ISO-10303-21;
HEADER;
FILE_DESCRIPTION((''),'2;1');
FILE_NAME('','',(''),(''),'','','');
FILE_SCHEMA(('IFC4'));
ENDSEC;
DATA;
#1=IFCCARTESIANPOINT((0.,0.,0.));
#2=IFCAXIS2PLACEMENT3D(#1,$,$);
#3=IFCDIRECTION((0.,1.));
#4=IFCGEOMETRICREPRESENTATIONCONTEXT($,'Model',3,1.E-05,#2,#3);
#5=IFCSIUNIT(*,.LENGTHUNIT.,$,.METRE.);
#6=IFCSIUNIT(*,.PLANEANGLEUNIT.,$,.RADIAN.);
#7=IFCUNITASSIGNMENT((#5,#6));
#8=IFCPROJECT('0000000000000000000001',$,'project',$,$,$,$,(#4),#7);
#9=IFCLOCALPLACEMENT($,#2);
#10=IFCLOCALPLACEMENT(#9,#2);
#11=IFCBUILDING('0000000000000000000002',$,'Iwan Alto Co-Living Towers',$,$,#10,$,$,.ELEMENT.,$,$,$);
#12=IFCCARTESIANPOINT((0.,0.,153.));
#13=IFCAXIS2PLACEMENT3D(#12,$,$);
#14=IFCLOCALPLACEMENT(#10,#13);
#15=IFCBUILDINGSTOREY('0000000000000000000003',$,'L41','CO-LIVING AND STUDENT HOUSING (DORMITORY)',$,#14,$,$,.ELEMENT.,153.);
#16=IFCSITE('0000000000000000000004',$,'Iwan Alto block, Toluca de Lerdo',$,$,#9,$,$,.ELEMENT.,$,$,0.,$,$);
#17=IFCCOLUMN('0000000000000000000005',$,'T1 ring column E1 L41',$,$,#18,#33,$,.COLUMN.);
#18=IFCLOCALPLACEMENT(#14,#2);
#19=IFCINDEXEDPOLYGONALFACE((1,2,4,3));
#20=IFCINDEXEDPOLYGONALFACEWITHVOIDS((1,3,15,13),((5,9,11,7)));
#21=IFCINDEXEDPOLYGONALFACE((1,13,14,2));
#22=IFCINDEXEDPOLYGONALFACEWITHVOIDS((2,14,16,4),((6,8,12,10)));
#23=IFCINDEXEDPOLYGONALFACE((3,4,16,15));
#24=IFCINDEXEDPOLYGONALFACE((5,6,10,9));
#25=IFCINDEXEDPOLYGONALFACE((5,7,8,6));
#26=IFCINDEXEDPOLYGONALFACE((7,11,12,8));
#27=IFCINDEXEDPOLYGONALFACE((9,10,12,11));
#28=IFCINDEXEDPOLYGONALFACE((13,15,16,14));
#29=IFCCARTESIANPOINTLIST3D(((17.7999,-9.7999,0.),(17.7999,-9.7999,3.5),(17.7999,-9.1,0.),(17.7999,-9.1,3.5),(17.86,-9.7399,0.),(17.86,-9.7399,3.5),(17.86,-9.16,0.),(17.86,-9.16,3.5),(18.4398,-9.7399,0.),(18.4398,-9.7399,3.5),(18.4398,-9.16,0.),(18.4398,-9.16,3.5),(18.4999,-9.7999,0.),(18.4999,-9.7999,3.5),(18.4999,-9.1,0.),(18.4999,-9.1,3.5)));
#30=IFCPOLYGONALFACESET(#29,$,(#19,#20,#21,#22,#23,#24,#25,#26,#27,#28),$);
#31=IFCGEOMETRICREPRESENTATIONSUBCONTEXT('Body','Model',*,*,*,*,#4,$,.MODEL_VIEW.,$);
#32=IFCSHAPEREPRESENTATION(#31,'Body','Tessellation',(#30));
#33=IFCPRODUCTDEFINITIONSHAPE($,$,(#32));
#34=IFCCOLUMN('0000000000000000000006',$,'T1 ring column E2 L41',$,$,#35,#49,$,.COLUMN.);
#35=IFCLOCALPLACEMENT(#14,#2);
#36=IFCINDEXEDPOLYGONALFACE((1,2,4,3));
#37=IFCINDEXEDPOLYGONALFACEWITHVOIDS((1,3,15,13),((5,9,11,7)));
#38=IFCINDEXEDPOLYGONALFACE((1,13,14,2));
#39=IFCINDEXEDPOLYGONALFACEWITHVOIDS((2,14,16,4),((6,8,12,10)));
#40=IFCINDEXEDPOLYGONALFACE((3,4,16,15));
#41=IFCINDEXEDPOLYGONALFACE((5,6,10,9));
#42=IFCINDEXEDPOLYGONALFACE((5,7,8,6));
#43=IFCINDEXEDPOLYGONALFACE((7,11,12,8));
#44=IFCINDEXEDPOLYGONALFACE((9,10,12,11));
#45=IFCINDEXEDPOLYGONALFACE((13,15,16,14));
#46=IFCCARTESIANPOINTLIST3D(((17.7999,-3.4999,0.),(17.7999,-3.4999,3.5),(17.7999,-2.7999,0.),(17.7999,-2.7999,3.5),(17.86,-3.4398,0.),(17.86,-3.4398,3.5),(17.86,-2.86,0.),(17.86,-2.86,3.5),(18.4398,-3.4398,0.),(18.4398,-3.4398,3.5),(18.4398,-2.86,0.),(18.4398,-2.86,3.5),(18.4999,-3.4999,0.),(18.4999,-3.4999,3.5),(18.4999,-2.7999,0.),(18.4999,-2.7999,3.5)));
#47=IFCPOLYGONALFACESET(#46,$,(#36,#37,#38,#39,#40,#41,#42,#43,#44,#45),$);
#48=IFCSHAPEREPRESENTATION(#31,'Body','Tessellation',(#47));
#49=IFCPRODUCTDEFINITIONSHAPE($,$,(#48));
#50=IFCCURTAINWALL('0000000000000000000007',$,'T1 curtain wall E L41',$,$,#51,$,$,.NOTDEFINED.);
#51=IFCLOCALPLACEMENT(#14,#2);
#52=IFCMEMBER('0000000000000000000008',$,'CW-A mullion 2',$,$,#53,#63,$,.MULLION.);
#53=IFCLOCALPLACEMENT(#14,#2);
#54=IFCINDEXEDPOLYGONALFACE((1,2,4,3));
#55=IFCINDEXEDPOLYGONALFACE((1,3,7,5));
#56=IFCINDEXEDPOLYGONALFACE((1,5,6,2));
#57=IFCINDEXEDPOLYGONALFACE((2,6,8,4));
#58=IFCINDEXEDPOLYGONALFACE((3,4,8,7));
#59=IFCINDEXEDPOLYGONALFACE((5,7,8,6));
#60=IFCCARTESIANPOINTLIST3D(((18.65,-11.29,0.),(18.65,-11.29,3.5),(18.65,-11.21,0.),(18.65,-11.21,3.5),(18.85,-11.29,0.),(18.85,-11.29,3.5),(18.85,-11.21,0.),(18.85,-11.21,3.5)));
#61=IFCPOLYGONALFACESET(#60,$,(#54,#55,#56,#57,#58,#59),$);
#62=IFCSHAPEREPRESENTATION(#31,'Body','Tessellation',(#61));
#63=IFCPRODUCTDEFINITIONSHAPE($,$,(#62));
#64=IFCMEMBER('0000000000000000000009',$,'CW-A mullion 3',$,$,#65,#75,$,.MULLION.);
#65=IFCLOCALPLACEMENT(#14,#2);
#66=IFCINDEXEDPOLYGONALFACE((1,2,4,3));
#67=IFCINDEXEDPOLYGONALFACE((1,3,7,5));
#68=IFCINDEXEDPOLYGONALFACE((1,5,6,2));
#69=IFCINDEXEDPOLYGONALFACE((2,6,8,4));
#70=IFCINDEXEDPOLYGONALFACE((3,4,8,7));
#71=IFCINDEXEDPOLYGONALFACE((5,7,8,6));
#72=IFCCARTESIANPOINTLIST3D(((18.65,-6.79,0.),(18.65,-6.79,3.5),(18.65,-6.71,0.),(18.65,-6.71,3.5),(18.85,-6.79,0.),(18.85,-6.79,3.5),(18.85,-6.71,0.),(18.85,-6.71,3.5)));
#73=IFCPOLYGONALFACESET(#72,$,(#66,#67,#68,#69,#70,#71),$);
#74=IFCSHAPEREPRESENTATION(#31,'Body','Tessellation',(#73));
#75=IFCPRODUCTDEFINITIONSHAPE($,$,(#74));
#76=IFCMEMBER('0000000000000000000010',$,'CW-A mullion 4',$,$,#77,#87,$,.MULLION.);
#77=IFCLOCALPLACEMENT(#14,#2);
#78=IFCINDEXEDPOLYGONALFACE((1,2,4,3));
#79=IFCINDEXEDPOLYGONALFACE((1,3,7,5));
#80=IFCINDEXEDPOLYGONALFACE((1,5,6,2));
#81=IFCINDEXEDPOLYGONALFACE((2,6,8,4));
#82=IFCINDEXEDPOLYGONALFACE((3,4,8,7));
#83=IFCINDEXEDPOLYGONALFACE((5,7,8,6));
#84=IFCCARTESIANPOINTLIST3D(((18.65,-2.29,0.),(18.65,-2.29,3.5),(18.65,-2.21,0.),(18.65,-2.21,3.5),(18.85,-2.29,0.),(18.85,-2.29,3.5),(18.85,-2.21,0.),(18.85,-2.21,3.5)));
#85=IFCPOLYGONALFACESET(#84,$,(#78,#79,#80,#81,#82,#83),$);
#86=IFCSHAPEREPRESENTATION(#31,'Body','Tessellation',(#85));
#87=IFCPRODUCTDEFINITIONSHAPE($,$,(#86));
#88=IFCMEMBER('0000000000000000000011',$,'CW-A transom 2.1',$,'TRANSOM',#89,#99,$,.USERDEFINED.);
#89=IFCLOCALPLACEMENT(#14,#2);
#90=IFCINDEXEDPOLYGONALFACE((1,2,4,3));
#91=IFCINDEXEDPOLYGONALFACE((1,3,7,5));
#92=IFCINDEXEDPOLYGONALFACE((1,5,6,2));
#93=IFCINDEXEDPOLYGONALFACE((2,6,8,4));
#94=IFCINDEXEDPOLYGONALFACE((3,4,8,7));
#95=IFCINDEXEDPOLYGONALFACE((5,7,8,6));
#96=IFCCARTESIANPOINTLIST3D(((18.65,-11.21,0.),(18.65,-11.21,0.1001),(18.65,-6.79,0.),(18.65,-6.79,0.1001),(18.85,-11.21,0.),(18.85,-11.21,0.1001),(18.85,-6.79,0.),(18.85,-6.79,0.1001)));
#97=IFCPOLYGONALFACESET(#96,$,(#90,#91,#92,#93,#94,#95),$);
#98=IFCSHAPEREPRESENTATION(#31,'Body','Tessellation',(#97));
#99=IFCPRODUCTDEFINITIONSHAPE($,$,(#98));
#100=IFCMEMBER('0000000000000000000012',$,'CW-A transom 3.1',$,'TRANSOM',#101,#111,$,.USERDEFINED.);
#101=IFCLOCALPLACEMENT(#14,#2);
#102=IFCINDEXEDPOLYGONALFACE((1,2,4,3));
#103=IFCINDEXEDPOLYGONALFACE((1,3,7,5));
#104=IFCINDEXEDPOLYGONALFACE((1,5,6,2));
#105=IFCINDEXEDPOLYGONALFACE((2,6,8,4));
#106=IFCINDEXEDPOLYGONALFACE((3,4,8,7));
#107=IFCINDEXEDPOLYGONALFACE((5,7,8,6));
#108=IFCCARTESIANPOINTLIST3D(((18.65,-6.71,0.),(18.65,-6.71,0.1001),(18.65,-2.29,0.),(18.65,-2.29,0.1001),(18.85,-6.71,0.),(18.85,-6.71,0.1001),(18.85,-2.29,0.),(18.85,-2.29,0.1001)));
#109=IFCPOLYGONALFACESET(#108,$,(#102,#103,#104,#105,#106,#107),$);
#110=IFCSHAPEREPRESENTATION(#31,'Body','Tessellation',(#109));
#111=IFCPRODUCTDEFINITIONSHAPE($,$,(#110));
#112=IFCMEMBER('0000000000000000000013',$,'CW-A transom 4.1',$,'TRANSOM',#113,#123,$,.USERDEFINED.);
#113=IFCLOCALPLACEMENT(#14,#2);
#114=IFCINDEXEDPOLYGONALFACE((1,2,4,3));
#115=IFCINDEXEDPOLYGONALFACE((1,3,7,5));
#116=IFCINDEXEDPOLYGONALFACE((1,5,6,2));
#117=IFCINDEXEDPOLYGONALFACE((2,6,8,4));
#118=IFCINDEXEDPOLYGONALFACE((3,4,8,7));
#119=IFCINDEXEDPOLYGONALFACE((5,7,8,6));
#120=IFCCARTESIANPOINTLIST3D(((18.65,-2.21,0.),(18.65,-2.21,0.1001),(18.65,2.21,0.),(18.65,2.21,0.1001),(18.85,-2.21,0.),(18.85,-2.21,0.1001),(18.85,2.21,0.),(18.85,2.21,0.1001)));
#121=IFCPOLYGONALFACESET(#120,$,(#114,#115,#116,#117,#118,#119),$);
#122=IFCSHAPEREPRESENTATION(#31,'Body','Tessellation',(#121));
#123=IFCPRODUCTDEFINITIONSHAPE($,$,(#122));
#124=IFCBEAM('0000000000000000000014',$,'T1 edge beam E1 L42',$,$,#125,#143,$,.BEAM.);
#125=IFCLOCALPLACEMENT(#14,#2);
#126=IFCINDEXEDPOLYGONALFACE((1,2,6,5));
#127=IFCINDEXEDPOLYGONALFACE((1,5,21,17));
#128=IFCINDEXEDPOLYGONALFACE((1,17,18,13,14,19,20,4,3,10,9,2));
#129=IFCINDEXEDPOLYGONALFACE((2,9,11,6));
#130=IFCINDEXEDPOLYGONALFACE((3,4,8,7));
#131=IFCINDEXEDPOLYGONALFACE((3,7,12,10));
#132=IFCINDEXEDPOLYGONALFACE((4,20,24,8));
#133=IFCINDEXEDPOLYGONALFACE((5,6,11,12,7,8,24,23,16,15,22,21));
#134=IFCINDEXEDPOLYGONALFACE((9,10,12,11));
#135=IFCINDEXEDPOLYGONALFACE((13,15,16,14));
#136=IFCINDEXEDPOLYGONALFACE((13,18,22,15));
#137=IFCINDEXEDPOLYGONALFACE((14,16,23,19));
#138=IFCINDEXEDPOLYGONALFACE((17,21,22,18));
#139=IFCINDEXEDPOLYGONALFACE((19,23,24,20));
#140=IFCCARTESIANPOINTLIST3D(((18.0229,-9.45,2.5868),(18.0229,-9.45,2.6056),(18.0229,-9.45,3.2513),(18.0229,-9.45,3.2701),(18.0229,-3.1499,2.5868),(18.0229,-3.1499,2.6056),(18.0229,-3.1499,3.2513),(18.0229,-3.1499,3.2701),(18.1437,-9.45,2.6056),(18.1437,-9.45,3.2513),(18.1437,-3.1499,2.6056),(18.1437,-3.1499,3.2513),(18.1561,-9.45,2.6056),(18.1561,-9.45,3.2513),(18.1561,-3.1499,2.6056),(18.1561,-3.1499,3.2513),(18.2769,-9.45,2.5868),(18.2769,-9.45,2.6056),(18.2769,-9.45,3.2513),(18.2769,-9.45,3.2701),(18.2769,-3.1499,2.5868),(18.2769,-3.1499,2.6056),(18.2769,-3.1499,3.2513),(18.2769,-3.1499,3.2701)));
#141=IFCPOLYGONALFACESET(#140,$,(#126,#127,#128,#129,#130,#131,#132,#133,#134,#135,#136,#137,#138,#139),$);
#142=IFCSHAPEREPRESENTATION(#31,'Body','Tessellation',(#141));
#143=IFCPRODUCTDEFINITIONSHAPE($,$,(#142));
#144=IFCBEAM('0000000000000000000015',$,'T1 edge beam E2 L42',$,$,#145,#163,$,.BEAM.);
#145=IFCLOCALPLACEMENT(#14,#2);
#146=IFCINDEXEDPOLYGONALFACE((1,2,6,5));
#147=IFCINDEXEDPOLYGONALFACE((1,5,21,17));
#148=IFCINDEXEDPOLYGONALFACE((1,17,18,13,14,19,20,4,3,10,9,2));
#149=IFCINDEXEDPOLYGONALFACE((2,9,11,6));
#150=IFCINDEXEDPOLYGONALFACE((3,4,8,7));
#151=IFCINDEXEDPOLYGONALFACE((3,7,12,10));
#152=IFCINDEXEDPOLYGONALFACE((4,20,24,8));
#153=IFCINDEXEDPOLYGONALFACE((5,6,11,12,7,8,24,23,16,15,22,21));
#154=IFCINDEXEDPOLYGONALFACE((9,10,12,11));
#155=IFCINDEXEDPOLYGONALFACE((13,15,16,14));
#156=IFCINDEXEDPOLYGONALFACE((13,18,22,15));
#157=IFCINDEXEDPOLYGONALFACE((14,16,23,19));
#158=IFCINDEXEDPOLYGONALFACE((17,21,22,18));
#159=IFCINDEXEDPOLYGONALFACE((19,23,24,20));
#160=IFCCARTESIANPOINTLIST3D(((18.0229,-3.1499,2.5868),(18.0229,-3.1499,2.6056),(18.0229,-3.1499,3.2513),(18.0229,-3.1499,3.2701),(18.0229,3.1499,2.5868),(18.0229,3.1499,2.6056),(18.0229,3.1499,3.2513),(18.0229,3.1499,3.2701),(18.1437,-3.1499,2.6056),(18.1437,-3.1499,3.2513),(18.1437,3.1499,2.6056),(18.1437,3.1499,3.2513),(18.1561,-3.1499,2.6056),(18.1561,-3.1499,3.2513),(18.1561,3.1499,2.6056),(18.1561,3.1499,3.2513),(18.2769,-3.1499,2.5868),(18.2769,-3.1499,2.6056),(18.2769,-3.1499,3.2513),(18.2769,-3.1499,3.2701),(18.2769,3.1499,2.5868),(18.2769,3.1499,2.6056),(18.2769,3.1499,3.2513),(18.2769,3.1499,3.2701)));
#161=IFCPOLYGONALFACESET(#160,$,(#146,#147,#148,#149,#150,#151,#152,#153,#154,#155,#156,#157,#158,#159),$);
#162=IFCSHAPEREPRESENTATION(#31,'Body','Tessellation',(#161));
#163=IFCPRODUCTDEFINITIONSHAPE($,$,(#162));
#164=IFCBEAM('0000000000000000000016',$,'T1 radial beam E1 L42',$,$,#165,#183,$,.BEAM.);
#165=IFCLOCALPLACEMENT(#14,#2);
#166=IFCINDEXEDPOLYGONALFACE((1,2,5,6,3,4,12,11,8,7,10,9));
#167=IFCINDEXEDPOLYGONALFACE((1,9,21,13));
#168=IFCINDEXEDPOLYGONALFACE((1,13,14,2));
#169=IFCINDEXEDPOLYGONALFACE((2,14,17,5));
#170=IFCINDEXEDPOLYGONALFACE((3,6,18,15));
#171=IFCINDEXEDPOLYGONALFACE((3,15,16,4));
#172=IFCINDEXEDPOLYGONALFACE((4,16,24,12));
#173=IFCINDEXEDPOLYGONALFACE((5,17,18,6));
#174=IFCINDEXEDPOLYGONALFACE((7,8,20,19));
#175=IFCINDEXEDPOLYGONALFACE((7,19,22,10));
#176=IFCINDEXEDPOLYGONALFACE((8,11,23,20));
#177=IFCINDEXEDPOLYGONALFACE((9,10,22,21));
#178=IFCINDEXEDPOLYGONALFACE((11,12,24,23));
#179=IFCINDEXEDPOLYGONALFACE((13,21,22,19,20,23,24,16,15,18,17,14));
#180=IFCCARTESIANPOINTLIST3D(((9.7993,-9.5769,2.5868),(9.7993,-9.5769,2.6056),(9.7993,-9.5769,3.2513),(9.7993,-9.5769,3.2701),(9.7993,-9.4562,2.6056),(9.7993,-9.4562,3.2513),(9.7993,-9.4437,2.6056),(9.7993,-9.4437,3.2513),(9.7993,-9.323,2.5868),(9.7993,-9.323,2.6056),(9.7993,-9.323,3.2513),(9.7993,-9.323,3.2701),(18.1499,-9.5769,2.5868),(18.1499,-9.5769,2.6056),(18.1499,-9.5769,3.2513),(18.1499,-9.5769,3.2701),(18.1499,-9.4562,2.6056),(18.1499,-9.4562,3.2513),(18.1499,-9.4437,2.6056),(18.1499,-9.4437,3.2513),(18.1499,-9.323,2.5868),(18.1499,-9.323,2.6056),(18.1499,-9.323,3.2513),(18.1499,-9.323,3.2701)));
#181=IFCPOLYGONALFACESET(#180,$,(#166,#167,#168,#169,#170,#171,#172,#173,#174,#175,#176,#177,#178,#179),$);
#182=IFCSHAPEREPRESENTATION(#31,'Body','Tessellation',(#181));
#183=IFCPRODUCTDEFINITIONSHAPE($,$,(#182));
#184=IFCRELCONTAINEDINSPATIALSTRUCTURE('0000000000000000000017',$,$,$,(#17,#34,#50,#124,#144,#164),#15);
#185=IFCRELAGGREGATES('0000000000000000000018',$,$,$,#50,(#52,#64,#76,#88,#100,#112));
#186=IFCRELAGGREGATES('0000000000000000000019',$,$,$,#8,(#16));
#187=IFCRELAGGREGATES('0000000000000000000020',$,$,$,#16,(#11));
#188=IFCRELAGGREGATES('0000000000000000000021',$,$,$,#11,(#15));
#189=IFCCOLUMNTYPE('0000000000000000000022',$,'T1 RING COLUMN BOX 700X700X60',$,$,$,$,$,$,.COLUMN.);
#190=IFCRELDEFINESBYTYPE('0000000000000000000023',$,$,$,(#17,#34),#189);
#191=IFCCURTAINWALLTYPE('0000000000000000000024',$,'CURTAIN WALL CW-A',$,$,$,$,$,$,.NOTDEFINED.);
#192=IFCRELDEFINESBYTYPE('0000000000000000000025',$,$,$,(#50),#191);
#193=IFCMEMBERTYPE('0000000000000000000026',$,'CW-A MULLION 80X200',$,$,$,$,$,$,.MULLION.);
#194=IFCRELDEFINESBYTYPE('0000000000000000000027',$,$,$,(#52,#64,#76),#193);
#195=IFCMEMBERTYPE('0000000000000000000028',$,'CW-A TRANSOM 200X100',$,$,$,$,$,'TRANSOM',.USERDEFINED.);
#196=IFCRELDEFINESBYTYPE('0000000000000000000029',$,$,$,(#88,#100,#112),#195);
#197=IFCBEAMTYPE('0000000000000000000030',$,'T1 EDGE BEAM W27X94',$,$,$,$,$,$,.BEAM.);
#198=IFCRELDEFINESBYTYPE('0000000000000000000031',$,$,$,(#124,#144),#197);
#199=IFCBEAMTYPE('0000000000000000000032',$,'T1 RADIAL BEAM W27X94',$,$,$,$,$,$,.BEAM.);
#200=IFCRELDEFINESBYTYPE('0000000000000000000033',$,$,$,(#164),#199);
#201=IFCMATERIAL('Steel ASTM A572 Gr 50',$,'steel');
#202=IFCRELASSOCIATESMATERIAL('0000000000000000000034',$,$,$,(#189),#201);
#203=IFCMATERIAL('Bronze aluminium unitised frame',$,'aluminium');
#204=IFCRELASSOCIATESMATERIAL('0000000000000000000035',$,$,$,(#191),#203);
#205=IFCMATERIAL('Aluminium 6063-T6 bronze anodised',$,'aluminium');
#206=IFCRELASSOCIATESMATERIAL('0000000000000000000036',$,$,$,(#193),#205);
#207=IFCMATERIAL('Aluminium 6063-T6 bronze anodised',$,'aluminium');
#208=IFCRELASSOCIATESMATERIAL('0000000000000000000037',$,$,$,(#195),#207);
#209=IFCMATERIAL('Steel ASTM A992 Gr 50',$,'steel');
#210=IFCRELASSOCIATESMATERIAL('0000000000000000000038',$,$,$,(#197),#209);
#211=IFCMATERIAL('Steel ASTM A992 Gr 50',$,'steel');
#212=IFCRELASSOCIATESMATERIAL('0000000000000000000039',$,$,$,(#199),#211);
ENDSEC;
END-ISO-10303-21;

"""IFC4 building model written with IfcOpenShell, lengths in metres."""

from ifc_helpers import new_model, si_unit, direction, frame, origin, origin_2d, place, context, subcontext, project, spatial, rectangle, hollow_rectangle, i_section, extrude, material, material_profile, profile_set, type_object, element, aggregate, save


model = new_model("IFC4")

# Units and contexts
model_context = context("Model", 3, precision=1e-05, world=origin(), true_north=direction((0.0, 1.0)))
body_context = subcontext(model_context, "Body", "Model", "MODEL_VIEW")
ifc_project = project(units=[si_unit("LENGTHUNIT", "METRE"), si_unit("PLANEANGLEUNIT", "RADIAN")], contexts=[model_context])

# Site, building, storey
site_placement = place(None, origin())
site = spatial("IfcSite", under=ifc_project, at=site_placement, Name="Iwan Alto block, Toluca de Lerdo", CompositionType="ELEMENT", RefElevation=0.0)
building_placement = place(site_placement, origin())
building = spatial("IfcBuilding", under=site, at=building_placement, Name="Iwan Alto Co-Living Towers", CompositionType="ELEMENT")
storey_placement = place(building_placement, frame((0.0, 0.0, 153.0)))
storey = spatial("IfcBuildingStorey", under=building, at=storey_placement, Name="L41", Description="CO-LIVING AND STUDENT HOUSING (DORMITORY)", CompositionType="ELEMENT", Elevation=153.0)

# Columns
ifc_material_1 = material(Name="Steel ASTM A572 Gr 50", Category="steel")
ifc_material_profile_1 = material_profile(ifc_material_1, hollow_rectangle(XDim=0.7, YDim=0.7, WallThickness=0.0601, at=origin_2d()), Name="BOX 700X700X60")
ifc_profile_set_1 = profile_set([ifc_material_profile_1], Name="Steel ASTM A572 Gr 50")
column_type = type_object("IfcColumnType", Name="T1 RING COLUMN BOX 700X700X60", PredefinedType="COLUMN", material=ifc_profile_set_1)
for number, where, z_axis, x_axis, name in (
    (1, (18.1499, -9.45, 0.0), (0.0, 0.0, 1.0), (1.0, 0.0, 0.0), "T1 ring column E1 L41"),
    (2, (18.1499, -3.1499, 0.0), (0.0, 0.0, 1.0), (1.0, 0.0, 0.0), "T1 ring column E2 L41"),
):
    element("IfcColumn", number, at=place(storey_placement, frame(where, z_axis=z_axis, x_axis=x_axis)), inside=storey, type_object=column_type, Name=name, PredefinedType="COLUMN", context=body_context, shape_type="SweptSolid", body=[
        extrude(hollow_rectangle(XDim=0.7, YDim=0.7, WallThickness=0.0601, at=origin_2d()), origin(), (0.0, 0.0, 1.0), 3.5),
    ])

# Curtain wall, members
ifc_material_2 = material(Name="Bronze aluminium unitised frame", Category="aluminium")
curtain_wall_type = type_object("IfcCurtainWallType", Name="CURTAIN WALL CW-A", PredefinedType="NOTDEFINED", material=ifc_material_2)
curtain_wall_placement = place(storey_placement, origin())
curtain_wall = element("IfcCurtainWall", 3, at=curtain_wall_placement, inside=storey, type_object=curtain_wall_type, Name="T1 curtain wall E L41", PredefinedType="NOTDEFINED")
ifc_material_3 = material(Name="Aluminium 6063-T6 bronze anodised", Category="aluminium")
ifc_material_profile_2 = material_profile(ifc_material_3, rectangle(XDim=0.2, YDim=0.0801, at=origin_2d()), Name="AL 80X200")
ifc_profile_set_2 = profile_set([ifc_material_profile_2], Name="Aluminium 6063-T6 bronze anodised")
member_type_1 = type_object("IfcMemberType", Name="CW-A MULLION 80X200", PredefinedType="MULLION", material=ifc_profile_set_2)
member_1_placement = place(storey_placement, frame((18.75, -11.25, 0.0), z_axis=(0.0, 0.0, 1.0), x_axis=(-1.0, 0.0, 0.0)))
member_1 = element("IfcMember", 4, at=member_1_placement, type_object=member_type_1, Name="CW-A mullion 2", PredefinedType="MULLION", context=body_context, shape_type="SweptSolid", body=[
    extrude(rectangle(XDim=0.2, YDim=0.0801, at=origin_2d()), origin(), (0.0, 0.0, 1.0), 3.5),
])
member_2_placement = place(storey_placement, frame((18.75, -6.75, 0.0), z_axis=(0.0, 0.0, 1.0), x_axis=(-1.0, 0.0, 0.0)))
member_2 = element("IfcMember", 5, at=member_2_placement, type_object=member_type_1, Name="CW-A mullion 3", PredefinedType="MULLION", context=body_context, shape_type="SweptSolid", body=[
    extrude(rectangle(XDim=0.2, YDim=0.0801, at=origin_2d()), origin(), (0.0, 0.0, 1.0), 3.5),
])
member_3_placement = place(storey_placement, frame((18.75, -2.25, 0.0), z_axis=(0.0, 0.0, 1.0), x_axis=(-1.0, 0.0, 0.0)))
member_3 = element("IfcMember", 6, at=member_3_placement, type_object=member_type_1, Name="CW-A mullion 4", PredefinedType="MULLION", context=body_context, shape_type="SweptSolid", body=[
    extrude(rectangle(XDim=0.2, YDim=0.0801, at=origin_2d()), origin(), (0.0, 0.0, 1.0), 3.5),
])
ifc_material_4 = material(Name="Aluminium 6063-T6 bronze anodised", Category="aluminium")
ifc_material_profile_3 = material_profile(ifc_material_4, rectangle(XDim=0.2, YDim=0.1001, at=origin_2d()), Name="AL 200X100")
ifc_profile_set_3 = profile_set([ifc_material_profile_3], Name="Aluminium 6063-T6 bronze anodised")
member_type_2 = type_object("IfcMemberType", Name="CW-A TRANSOM 200X100", ElementType="TRANSOM", PredefinedType="USERDEFINED", material=ifc_profile_set_3)
member_4_placement = place(storey_placement, frame((18.75, -11.21, 0.05), z_axis=(0.0, 1.0, 0.0), x_axis=(-1.0, 0.0, 0.0)))
member_4 = element("IfcMember", 7, at=member_4_placement, type_object=member_type_2, Name="CW-A transom 2.1", ObjectType="TRANSOM", PredefinedType="USERDEFINED", context=body_context, shape_type="SweptSolid", body=[
    extrude(rectangle(XDim=0.2, YDim=0.1001, at=origin_2d()), origin(), (0.0, 0.0, 1.0), 4.4199),
])
member_5_placement = place(storey_placement, frame((18.75, -6.71, 0.05), z_axis=(0.0, 1.0, 0.0), x_axis=(-1.0, 0.0, 0.0)))
member_5 = element("IfcMember", 8, at=member_5_placement, type_object=member_type_2, Name="CW-A transom 3.1", ObjectType="TRANSOM", PredefinedType="USERDEFINED", context=body_context, shape_type="SweptSolid", body=[
    extrude(rectangle(XDim=0.2, YDim=0.1001, at=origin_2d()), origin(), (0.0, 0.0, 1.0), 4.4199),
])
member_6_placement = place(storey_placement, frame((18.75, -2.21, 0.05), z_axis=(0.0, 1.0, 0.0), x_axis=(-1.0, 0.0, 0.0)))
member_6 = element("IfcMember", 9, at=member_6_placement, type_object=member_type_2, Name="CW-A transom 4.1", ObjectType="TRANSOM", PredefinedType="USERDEFINED", context=body_context, shape_type="SweptSolid", body=[
    extrude(rectangle(XDim=0.2, YDim=0.1001, at=origin_2d()), origin(), (0.0, 0.0, 1.0), 4.4199),
])

# Beams
ifc_material_5 = material(Name="Steel ASTM A992 Gr 50", Category="steel")
ifc_material_profile_4 = material_profile(ifc_material_5, i_section(OverallWidth=0.2539, OverallDepth=0.6833, WebThickness=0.0125, FlangeThickness=0.0188, at=origin_2d()), Name="W27X94")
ifc_profile_set_4 = profile_set([ifc_material_profile_4], Name="Steel ASTM A992 Gr 50")
beam_type_1 = type_object("IfcBeamType", Name="T1 EDGE BEAM W27X94", PredefinedType="BEAM", material=ifc_profile_set_4)
beam_1_placement = place(storey_placement, frame((18.1499, -9.45, 2.9285), z_axis=(0.0, 1.0, 0.0), x_axis=(-1.0, 0.0, 0.0)))
element("IfcBeam", 10, at=beam_1_placement, inside=storey, type_object=beam_type_1, Name="T1 edge beam E1 L42", PredefinedType="BEAM", context=body_context, shape_type="SweptSolid", body=[
    extrude(i_section(OverallWidth=0.2539, OverallDepth=0.6833, WebThickness=0.0125, FlangeThickness=0.0188, at=origin_2d()), origin(), (0.0, 0.0, 1.0), 6.3),
])
beam_2_placement = place(storey_placement, frame((18.1499, -3.1499, 2.9285), z_axis=(0.0, 1.0, 0.0), x_axis=(-1.0, 0.0, 0.0)))
element("IfcBeam", 11, at=beam_2_placement, inside=storey, type_object=beam_type_1, Name="T1 edge beam E2 L42", PredefinedType="BEAM", context=body_context, shape_type="SweptSolid", body=[
    extrude(i_section(OverallWidth=0.2539, OverallDepth=0.6833, WebThickness=0.0125, FlangeThickness=0.0188, at=origin_2d()), origin(), (0.0, 0.0, 1.0), 6.2998),
])
ifc_material_6 = material(Name="Steel ASTM A992 Gr 50", Category="steel")
ifc_material_profile_5 = material_profile(ifc_material_6, i_section(OverallWidth=0.2539, OverallDepth=0.6833, WebThickness=0.0125, FlangeThickness=0.0188, at=origin_2d()), Name="W27X94")
ifc_profile_set_5 = profile_set([ifc_material_profile_5], Name="Steel ASTM A992 Gr 50")
beam_type_2 = type_object("IfcBeamType", Name="T1 RADIAL BEAM W27X94", PredefinedType="BEAM", material=ifc_profile_set_5)
for number, where, z_axis, x_axis, name in (
    (12, (18.1499, -9.45, 2.9285), (-1.0, 0.0, 0.0), (0.0, -1.0, 0.0), "T1 radial beam E1 L42"),
):
    element("IfcBeam", number, at=place(storey_placement, frame(where, z_axis=z_axis, x_axis=x_axis)), inside=storey, type_object=beam_type_2, Name=name, PredefinedType="BEAM", context=body_context, shape_type="SweptSolid", body=[
        extrude(i_section(OverallWidth=0.2539, OverallDepth=0.6833, WebThickness=0.0125, FlangeThickness=0.0188, at=origin_2d()), origin(), (0.0, 0.0, 1.0), 8.3506),
    ])

aggregate(curtain_wall, [member_1, member_2, member_3, member_4, member_5, member_6])

save(model, "model.ifc")
